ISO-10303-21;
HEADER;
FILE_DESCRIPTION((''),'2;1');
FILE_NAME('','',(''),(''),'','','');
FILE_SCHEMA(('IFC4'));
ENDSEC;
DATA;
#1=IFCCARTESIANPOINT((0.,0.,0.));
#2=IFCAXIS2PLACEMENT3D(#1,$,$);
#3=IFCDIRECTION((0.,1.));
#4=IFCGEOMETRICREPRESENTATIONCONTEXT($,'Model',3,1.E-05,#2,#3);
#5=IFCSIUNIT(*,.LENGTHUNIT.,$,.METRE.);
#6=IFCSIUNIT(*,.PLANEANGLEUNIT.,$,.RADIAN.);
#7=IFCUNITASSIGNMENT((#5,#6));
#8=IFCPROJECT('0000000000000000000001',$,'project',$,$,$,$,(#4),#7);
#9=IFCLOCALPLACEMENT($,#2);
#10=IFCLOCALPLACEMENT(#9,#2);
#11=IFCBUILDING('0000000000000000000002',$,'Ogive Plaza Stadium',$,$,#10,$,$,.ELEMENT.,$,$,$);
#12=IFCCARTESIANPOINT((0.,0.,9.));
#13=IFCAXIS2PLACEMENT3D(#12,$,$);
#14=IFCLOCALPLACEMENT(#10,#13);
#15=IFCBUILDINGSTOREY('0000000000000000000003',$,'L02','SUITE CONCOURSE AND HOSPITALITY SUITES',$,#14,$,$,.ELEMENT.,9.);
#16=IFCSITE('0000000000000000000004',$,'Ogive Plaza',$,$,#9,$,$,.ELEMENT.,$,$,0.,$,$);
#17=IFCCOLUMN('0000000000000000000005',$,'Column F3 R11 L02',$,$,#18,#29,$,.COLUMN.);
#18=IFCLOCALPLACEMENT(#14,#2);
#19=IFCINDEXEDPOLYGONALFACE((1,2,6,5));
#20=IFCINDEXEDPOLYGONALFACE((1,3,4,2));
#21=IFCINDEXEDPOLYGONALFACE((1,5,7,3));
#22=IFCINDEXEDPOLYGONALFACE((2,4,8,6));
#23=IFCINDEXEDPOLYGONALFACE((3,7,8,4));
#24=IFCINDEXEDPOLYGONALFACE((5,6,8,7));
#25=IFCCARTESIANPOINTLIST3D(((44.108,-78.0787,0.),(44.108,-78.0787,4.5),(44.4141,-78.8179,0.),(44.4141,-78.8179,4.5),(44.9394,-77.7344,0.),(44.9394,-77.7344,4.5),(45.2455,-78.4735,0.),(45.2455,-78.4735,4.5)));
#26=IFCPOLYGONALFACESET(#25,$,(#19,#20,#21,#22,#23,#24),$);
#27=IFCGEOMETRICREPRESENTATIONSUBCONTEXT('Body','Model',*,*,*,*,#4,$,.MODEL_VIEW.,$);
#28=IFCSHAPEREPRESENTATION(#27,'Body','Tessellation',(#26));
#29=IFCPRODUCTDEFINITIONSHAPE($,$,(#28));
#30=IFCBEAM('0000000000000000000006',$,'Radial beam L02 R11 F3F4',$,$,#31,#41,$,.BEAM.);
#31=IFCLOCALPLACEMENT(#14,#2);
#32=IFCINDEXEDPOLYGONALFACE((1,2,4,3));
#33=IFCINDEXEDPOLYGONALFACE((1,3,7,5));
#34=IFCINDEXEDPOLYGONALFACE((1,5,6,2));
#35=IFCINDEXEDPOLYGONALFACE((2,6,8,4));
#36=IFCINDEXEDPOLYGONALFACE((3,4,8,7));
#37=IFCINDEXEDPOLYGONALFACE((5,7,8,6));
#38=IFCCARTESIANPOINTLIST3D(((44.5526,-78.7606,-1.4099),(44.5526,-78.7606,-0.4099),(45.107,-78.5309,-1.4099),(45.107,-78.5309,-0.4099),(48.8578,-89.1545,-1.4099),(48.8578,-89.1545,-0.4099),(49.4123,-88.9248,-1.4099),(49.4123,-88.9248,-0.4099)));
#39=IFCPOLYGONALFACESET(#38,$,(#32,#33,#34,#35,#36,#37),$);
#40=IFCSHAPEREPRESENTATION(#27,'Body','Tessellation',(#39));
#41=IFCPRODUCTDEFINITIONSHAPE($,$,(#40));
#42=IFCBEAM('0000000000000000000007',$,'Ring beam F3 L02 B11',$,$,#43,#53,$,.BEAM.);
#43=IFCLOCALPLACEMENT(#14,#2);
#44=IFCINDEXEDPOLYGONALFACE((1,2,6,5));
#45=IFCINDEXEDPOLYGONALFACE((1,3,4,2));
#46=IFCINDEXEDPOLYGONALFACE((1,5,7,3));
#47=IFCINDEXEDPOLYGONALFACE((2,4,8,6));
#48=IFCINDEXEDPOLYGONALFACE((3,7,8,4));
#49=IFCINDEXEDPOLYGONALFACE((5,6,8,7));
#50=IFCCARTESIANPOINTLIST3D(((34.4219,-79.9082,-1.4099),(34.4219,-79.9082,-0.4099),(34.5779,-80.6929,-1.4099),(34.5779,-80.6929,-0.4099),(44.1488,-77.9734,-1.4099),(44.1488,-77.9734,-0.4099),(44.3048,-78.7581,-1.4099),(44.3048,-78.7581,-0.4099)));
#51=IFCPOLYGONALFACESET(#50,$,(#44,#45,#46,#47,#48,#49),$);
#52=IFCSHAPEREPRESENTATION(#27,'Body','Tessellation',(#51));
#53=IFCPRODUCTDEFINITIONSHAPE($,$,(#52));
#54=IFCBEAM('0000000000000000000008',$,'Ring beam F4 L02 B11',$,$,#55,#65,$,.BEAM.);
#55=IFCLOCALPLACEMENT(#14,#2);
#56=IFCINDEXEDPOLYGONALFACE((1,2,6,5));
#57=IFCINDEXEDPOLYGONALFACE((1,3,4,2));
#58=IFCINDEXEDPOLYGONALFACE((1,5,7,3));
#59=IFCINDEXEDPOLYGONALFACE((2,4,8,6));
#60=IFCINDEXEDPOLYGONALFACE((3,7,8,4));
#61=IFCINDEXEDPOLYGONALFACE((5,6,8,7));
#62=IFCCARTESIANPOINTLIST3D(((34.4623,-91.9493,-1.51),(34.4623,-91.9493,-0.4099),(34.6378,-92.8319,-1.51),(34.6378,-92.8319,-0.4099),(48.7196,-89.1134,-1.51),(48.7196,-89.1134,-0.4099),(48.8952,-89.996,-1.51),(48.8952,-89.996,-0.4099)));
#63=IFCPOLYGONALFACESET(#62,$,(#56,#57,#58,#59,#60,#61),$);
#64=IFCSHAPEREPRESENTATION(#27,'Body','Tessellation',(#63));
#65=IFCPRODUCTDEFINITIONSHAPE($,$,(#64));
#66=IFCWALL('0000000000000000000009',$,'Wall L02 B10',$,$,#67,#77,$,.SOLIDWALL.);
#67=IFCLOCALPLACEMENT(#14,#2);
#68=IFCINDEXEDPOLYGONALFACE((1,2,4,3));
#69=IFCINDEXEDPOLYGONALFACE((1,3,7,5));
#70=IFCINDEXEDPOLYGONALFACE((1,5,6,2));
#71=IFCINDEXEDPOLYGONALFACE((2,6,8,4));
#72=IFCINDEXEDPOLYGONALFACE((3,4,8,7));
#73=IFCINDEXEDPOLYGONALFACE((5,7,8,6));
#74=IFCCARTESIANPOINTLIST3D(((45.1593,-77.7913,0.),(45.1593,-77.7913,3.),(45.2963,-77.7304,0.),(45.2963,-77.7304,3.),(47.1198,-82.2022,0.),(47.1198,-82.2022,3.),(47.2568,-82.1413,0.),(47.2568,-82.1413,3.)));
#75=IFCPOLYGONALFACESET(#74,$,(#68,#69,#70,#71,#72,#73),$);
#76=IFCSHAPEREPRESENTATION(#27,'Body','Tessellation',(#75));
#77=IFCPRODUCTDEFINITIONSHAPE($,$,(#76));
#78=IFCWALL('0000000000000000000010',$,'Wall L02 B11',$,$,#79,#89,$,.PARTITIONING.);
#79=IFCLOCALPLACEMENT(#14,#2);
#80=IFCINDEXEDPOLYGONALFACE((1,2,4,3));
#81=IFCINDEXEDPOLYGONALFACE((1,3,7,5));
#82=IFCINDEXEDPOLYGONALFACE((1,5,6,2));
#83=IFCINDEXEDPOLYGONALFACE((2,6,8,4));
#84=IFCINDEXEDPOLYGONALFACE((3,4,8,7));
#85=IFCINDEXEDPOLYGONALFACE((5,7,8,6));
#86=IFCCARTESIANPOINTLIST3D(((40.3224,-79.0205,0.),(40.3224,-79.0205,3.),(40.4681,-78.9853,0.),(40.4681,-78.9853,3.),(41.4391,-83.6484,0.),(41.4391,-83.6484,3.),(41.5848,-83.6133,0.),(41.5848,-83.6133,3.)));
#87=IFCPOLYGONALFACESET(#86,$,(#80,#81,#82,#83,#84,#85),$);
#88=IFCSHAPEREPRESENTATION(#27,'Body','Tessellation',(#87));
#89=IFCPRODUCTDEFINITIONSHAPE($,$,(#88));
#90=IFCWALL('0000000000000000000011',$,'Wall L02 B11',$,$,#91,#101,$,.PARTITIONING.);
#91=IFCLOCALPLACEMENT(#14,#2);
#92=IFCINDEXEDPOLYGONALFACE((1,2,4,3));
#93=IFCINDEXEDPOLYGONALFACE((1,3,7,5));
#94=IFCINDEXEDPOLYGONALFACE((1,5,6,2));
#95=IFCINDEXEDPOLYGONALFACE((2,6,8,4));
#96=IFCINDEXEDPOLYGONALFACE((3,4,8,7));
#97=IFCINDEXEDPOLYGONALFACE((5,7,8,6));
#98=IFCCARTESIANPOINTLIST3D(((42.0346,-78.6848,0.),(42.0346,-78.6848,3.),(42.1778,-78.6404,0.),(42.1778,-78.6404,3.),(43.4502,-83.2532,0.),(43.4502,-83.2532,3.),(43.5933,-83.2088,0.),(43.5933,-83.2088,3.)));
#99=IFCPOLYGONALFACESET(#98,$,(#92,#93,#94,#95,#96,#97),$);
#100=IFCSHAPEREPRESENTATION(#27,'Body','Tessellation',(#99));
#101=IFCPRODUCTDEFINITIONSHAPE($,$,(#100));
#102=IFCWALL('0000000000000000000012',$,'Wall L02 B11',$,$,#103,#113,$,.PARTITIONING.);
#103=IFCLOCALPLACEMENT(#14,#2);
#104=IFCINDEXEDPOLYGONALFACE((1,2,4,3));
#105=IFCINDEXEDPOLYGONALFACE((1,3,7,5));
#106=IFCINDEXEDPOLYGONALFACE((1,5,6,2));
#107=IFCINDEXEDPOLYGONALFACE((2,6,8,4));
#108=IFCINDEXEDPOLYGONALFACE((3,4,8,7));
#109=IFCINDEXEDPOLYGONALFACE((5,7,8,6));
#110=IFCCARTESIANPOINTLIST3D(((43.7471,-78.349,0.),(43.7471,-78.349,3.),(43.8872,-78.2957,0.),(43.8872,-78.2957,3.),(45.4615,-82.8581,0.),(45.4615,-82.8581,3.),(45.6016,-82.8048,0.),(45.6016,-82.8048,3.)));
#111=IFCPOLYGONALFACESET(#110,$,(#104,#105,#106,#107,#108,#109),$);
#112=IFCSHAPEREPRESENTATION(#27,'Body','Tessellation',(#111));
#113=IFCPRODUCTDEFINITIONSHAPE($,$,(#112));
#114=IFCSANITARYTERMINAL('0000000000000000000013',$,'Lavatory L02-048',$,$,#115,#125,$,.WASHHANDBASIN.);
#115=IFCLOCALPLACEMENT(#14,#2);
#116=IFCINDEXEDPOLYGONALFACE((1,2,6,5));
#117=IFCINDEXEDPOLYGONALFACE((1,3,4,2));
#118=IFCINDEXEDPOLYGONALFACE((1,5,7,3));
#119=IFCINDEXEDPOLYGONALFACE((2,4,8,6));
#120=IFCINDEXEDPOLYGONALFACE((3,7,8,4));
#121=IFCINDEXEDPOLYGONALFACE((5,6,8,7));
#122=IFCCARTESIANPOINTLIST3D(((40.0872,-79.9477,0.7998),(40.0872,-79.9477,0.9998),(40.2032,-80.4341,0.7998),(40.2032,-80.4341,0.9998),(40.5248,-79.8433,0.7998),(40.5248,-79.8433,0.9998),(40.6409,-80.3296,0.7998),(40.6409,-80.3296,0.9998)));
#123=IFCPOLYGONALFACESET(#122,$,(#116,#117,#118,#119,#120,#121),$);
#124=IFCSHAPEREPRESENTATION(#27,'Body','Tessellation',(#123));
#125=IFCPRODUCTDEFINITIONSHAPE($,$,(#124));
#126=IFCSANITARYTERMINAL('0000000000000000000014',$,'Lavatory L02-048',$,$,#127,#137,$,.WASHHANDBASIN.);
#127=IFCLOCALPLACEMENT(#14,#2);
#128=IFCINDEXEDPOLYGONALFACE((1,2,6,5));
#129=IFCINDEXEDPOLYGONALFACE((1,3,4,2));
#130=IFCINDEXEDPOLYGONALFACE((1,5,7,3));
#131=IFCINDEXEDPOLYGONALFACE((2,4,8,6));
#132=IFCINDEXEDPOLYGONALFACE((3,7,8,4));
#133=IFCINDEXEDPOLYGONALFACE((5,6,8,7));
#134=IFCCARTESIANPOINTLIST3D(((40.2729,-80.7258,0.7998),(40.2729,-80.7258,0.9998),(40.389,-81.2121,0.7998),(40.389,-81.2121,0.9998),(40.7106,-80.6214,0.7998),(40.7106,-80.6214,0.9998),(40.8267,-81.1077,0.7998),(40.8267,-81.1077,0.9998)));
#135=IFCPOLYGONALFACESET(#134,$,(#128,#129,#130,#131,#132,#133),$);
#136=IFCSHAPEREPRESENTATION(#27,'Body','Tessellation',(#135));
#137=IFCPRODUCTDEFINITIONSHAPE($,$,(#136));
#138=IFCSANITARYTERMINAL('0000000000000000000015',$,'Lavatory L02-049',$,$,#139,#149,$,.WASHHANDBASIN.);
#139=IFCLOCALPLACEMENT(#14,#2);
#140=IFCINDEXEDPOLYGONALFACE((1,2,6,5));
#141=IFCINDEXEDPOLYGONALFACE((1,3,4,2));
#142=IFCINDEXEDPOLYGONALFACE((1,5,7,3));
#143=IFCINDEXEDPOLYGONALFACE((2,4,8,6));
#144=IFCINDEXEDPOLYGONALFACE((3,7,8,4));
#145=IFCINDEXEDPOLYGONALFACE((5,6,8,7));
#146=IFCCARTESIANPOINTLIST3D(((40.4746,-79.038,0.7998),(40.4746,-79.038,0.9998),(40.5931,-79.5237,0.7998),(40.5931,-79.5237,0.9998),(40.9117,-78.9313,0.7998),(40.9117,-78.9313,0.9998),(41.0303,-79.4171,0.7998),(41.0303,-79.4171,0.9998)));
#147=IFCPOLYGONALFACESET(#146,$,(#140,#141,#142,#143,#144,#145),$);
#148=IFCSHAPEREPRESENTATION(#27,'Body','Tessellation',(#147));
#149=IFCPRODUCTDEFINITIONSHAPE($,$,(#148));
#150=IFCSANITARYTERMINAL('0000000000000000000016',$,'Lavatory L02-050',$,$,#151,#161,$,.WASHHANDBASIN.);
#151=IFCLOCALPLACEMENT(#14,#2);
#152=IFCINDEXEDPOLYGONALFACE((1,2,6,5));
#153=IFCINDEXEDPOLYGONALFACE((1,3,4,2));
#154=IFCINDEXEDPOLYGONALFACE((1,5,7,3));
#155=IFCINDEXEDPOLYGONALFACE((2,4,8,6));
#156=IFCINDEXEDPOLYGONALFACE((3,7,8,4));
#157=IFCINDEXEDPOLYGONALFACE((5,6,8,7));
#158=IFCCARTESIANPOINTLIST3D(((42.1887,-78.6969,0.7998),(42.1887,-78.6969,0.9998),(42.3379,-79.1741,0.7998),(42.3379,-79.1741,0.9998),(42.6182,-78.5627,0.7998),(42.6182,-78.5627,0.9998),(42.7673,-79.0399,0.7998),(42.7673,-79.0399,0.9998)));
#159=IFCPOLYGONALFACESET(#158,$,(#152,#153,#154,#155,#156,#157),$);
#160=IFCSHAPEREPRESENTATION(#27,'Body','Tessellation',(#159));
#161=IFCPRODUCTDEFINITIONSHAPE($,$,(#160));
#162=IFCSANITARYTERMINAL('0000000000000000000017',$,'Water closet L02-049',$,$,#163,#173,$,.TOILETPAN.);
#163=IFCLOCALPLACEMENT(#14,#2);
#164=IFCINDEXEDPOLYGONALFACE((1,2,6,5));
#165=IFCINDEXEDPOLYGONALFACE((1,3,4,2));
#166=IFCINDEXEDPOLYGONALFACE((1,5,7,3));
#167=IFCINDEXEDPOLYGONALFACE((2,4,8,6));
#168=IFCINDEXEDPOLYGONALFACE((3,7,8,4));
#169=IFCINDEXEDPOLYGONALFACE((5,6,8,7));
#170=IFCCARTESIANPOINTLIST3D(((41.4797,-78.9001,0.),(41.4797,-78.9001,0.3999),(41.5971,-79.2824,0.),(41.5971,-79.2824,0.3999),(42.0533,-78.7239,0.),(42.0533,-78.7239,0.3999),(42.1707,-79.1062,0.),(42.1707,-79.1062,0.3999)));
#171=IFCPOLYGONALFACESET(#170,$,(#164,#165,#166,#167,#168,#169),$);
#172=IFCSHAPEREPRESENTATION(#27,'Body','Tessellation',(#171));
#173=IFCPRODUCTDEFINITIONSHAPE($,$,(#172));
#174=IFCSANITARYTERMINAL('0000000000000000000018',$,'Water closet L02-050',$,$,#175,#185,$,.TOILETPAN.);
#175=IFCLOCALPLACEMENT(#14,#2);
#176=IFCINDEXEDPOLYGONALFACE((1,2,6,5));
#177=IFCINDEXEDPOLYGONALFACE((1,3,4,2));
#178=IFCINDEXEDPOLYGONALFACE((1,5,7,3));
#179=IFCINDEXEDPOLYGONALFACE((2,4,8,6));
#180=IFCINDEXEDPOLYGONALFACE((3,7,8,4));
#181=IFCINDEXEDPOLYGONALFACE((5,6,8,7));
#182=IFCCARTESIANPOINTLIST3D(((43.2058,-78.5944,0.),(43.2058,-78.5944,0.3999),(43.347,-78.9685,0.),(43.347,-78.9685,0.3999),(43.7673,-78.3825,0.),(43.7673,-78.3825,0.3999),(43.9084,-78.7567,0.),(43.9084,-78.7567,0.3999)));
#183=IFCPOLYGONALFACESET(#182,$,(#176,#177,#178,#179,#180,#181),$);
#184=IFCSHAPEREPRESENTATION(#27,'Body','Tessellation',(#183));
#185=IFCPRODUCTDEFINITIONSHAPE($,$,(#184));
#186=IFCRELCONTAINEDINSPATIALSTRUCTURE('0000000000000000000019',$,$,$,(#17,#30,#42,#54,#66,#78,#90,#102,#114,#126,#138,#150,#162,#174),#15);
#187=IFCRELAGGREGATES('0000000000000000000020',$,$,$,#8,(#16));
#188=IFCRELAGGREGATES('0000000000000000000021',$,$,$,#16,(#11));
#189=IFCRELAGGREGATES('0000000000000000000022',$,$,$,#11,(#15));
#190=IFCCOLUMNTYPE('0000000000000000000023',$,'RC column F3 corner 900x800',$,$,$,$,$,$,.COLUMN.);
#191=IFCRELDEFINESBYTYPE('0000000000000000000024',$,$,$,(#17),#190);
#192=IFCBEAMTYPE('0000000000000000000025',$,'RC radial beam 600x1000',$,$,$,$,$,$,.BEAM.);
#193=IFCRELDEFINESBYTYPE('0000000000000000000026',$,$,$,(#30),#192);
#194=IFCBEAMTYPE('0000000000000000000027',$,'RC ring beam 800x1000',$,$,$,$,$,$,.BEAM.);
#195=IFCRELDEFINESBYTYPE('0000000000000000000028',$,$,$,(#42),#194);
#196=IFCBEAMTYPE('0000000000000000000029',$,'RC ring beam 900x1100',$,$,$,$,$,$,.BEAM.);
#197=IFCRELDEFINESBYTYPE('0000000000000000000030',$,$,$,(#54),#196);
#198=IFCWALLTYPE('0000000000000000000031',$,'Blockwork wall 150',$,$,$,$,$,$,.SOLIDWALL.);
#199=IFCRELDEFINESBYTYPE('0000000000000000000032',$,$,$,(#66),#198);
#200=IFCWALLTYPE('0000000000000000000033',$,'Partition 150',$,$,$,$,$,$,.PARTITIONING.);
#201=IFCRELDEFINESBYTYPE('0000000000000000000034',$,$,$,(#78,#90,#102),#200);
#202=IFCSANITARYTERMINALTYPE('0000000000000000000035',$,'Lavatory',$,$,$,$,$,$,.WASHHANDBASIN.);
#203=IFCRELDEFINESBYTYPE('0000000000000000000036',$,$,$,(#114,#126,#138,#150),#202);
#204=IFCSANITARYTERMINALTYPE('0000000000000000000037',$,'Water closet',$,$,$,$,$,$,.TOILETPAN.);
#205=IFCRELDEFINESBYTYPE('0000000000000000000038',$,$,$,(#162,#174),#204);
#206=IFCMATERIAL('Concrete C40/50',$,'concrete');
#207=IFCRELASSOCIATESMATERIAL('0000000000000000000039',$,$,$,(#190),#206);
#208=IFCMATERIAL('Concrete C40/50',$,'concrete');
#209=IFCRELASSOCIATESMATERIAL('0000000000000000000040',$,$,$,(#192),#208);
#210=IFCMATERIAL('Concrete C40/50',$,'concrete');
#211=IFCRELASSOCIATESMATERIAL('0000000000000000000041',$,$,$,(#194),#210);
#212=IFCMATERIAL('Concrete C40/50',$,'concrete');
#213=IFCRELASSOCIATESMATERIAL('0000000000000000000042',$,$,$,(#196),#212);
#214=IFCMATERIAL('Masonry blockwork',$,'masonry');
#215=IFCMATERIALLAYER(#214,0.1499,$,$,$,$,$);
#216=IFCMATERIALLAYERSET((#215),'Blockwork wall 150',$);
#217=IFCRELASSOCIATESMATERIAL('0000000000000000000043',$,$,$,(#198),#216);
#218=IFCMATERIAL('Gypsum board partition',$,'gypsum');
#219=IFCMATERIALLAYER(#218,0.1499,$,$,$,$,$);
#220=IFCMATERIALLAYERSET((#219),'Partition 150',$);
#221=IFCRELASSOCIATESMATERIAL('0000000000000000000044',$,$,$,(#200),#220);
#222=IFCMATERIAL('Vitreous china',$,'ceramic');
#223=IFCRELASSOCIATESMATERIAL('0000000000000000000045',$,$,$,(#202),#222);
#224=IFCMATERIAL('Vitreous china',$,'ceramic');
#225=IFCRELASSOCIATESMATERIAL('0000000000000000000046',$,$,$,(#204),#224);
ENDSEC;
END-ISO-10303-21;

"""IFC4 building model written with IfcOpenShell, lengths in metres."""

from ifc_helpers import new_model, si_unit, direction, frame, frame_2d, origin, origin_2d, place, context, subcontext, project, spatial, rectangle, extrude, material, layer, layer_set, material_profile, profile_set, type_object, element, save


model = new_model("IFC4")

# Units and contexts
model_context = context("Model", 3, precision=1e-05, world=origin(), true_north=direction((0.0, 1.0)))
body_context = subcontext(model_context, "Body", "Model", "MODEL_VIEW")
ifc_project = project(units=[si_unit("LENGTHUNIT", "METRE"), si_unit("PLANEANGLEUNIT", "RADIAN")], contexts=[model_context])

# Site, building, storey
site_placement = place(None, origin())
site = spatial("IfcSite", under=ifc_project, at=site_placement, Name="Ogive Plaza", CompositionType="ELEMENT", RefElevation=0.0)
building_placement = place(site_placement, origin())
building = spatial("IfcBuilding", under=site, at=building_placement, Name="Ogive Plaza Stadium", CompositionType="ELEMENT")
storey_placement = place(building_placement, frame((0.0, 0.0, 9.0)))
storey = spatial("IfcBuildingStorey", under=building, at=storey_placement, Name="L02", Description="SUITE CONCOURSE AND HOSPITALITY SUITES", CompositionType="ELEMENT", Elevation=9.0)

# Column
ifc_material_1 = material(Name="Concrete C40/50", Category="concrete")
ifc_material_profile_1 = material_profile(ifc_material_1, rectangle(XDim=0.8999, YDim=0.8, at=origin_2d()), Name="RC 900x800")
ifc_profile_set_1 = profile_set([ifc_material_profile_1], Name="Concrete C40/50")
column_type = type_object("IfcColumnType", Name="RC column F3 corner 900x800", PredefinedType="COLUMN", material=ifc_profile_set_1)
column_placement = place(storey_placement, frame((44.6768, -78.2761, 0.0), z_axis=(0.0, 0.0, 1.0), x_axis=(0.92388, 0.382683, 0.0)))
element("IfcColumn", 1, at=column_placement, inside=storey, type_object=column_type, Name="Column F3 R11 L02", PredefinedType="COLUMN", context=body_context, shape_type="SweptSolid", body=[
    extrude(rectangle(XDim=0.8999, YDim=0.8, at=origin_2d()), origin(), (0.0, 0.0, 1.0), 4.5),
])

# Beams
ifc_material_2 = material(Name="Concrete C40/50", Category="concrete")
ifc_material_profile_2 = material_profile(ifc_material_2, rectangle(XDim=0.6001, YDim=1.0, at=origin_2d()), Name="RC 600x1000")
ifc_profile_set_2 = profile_set([ifc_material_profile_2], Name="Concrete C40/50")
beam_type_1 = type_object("IfcBeamType", Name="RC radial beam 600x1000", PredefinedType="BEAM", material=ifc_profile_set_2)
beam_1_placement = place(storey_placement, frame((44.8298, -78.6458, -0.9099), z_axis=(0.382678, -0.923882, 0.0), x_axis=(0.923882, 0.382678, 0.0)))
element("IfcBeam", 2, at=beam_1_placement, inside=storey, type_object=beam_type_1, Name="Radial beam L02 R11 F3F4", PredefinedType="BEAM", context=body_context, shape_type="SweptSolid", body=[
    extrude(rectangle(XDim=0.6001, YDim=1.0, at=origin_2d()), origin(), (0.0, 0.0, 1.0), 11.2502),
])
ifc_material_3 = material(Name="Concrete C40/50", Category="concrete")
ifc_material_profile_3 = material_profile(ifc_material_3, rectangle(XDim=0.8, YDim=1.0, at=origin_2d()), Name="RC 800x1000")
ifc_profile_set_3 = profile_set([ifc_material_profile_3], Name="Concrete C40/50")
beam_type_2 = type_object("IfcBeamType", Name="RC ring beam 800x1000", PredefinedType="BEAM", material=ifc_profile_set_3)
beam_2_placement = place(storey_placement, frame((44.2268, -78.3657, -0.9099), z_axis=(-0.980785, -0.195093, 0.0), x_axis=(0.195093, -0.980785, 0.0)))
element("IfcBeam", 3, at=beam_2_placement, inside=storey, type_object=beam_type_2, Name="Ring beam F3 L02 B11", PredefinedType="BEAM", context=body_context, shape_type="SweptSolid", body=[
    extrude(rectangle(XDim=0.8, YDim=1.0, at=origin_2d()), origin(), (0.0, 0.0, 1.0), 9.9175),
])
ifc_material_4 = material(Name="Concrete C40/50", Category="concrete")
ifc_material_profile_4 = material_profile(ifc_material_4, rectangle(XDim=0.8999, YDim=1.1001, at=origin_2d()), Name="RC 900x1100")
ifc_profile_set_4 = profile_set([ifc_material_profile_4], Name="Concrete C40/50")
beam_type_3 = type_object("IfcBeamType", Name="RC ring beam 900x1100", PredefinedType="BEAM", material=ifc_profile_set_4)
beam_3_placement = place(storey_placement, frame((48.8074, -89.5547, -0.96), z_axis=(-0.980786, -0.195089, 0.0), x_axis=(0.195089, -0.980786, 0.0)))
element("IfcBeam", 4, at=beam_3_placement, inside=storey, type_object=beam_type_3, Name="Ring beam F4 L02 B11", PredefinedType="BEAM", context=body_context, shape_type="SweptSolid", body=[
    extrude(rectangle(XDim=0.8999, YDim=1.1001, at=origin_2d()), origin(), (0.0, 0.0, 1.0), 14.5366),
])

# Walls
ifc_material_5 = material(Name="Masonry blockwork", Category="masonry")
ifc_layer_1 = layer(ifc_material_5, 0.1499)
ifc_layer_set_1 = layer_set([ifc_layer_1], Name="Blockwork wall 150")
wall_type_1 = type_object("IfcWallType", Name="Blockwork wall 150", PredefinedType="SOLIDWALL", material=ifc_layer_set_1)
wall_1_placement = place(storey_placement, frame((45.2278, -77.7607, 0.0), z_axis=(0.0, 0.0, 1.0), x_axis=(0.406148, -0.913807, 0.0)))
element("IfcWall", 5, at=wall_1_placement, inside=storey, type_object=wall_type_1, Name="Wall L02 B10", PredefinedType="SOLIDWALL", context=body_context, shape_type="SweptSolid", body=[
    extrude(rectangle(XDim=4.8269, YDim=0.1499, at=frame_2d((2.4136, 0.0))), origin(), (0.0, 0.0, 1.0), 3.0),
])
ifc_material_6 = material(Name="Gypsum board partition", Category="gypsum")
ifc_layer_2 = layer(ifc_material_6, 0.1499)
ifc_layer_set_2 = layer_set([ifc_layer_2], Name="Partition 150")
wall_type_2 = type_object("IfcWallType", Name="Partition 150", PredefinedType="PARTITIONING", material=ifc_layer_set_2)
wall_2_placement = place(storey_placement, frame((40.3953, -79.0029, 0.0), z_axis=(0.0, 0.0, 1.0), x_axis=(0.234564, -0.972101, 0.0)))
element("IfcWall", 6, at=wall_2_placement, inside=storey, type_object=wall_type_2, Name="Wall L02 B11", PredefinedType="PARTITIONING", context=body_context, shape_type="SweptSolid", body=[
    extrude(rectangle(XDim=4.7607, YDim=0.1499, at=frame_2d((2.3804, 0.0))), origin(), (0.0, 0.0, 1.0), 3.0),
])
wall_3_placement = place(storey_placement, frame((42.1062, -78.6626, 0.0), z_axis=(0.0, 0.0, 1.0), x_axis=(0.295972, -0.955197, 0.0)))
element("IfcWall", 7, at=wall_3_placement, inside=storey, type_object=wall_type_2, Name="Wall L02 B11", PredefinedType="PARTITIONING", context=body_context, shape_type="SweptSolid", body=[
    extrude(rectangle(XDim=4.7827, YDim=0.1499, at=frame_2d((2.3914, 0.0))), origin(), (0.0, 0.0, 1.0), 3.0),
])
wall_4_placement = place(storey_placement, frame((43.8171, -78.3223, 0.0), z_axis=(0.0, 0.0, 1.0), x_axis=(0.355385, -0.93472, 0.0)))
element("IfcWall", 8, at=wall_4_placement, inside=storey, type_object=wall_type_2, Name="Wall L02 B11", PredefinedType="PARTITIONING", context=body_context, shape_type="SweptSolid", body=[
    extrude(rectangle(XDim=4.824, YDim=0.1499, at=frame_2d((2.4121, 0.0))), origin(), (0.0, 0.0, 1.0), 3.0),
])

# Sanitary terminals
ifc_material_7 = material(Name="Vitreous china", Category="ceramic")
sanitary_terminal_type_1 = type_object("IfcSanitaryTerminalType", Name="Lavatory", PredefinedType="WASHHANDBASIN", material=ifc_material_7)
for number, where, z_axis, x_axis, name in (
    (9, (40.364, -80.1387, 0.7998), (0.0, 0.0, 1.0), (0.23211, -0.97269, 0.0), "Lavatory L02-048"),
    (10, (40.5498, -80.9167, 0.7998), (0.0, 0.0, 1.0), (0.23211, -0.97269, 0.0), "Lavatory L02-048"),
    (11, (40.7524, -79.2275, 0.7998), (0.0, 0.0, 1.0), (0.237025, -0.971504, 0.0), "Lavatory L02-049"),
    (12, (42.478, -78.8684, 0.7998), (0.0, 0.0, 1.0), (0.29835, -0.954457, 0.0), "Lavatory L02-050"),
):
    element("IfcSanitaryTerminal", number, at=place(storey_placement, frame(where, z_axis=z_axis, x_axis=x_axis)), inside=storey, type_object=sanitary_terminal_type_1, Name=name, PredefinedType="WASHHANDBASIN", context=body_context, shape_type="SweptSolid", body=[
        extrude(rectangle(XDim=0.5, YDim=0.45, at=origin_2d()), origin(), (0.0, 0.0, 1.0), 0.2),
    ])
ifc_material_8 = material(Name="Vitreous china", Category="ceramic")
sanitary_terminal_type_2 = type_object("IfcSanitaryTerminalType", Name="Water closet", PredefinedType="TOILETPAN", material=ifc_material_8)
for number, where, z_axis, x_axis, name in (
    (13, (41.8252, -79.0032, 0.0), (0.0, 0.0, 1.0), (0.293565, -0.955939, 0.0), "Water closet L02-049"),
    (14, (43.5571, -78.6755, 0.0), (0.0, 0.0, 1.0), (0.353065, -0.935599, 0.0), "Water closet L02-050"),
):
    element("IfcSanitaryTerminal", number, at=place(storey_placement, frame(where, z_axis=z_axis, x_axis=x_axis)), inside=storey, type_object=sanitary_terminal_type_2, Name=name, PredefinedType="TOILETPAN", context=body_context, shape_type="SweptSolid", body=[
        extrude(rectangle(XDim=0.3999, YDim=0.6001, at=origin_2d()), origin(), (0.0, 0.0, 1.0), 0.3999),
    ])

save(model, "model.ifc")
